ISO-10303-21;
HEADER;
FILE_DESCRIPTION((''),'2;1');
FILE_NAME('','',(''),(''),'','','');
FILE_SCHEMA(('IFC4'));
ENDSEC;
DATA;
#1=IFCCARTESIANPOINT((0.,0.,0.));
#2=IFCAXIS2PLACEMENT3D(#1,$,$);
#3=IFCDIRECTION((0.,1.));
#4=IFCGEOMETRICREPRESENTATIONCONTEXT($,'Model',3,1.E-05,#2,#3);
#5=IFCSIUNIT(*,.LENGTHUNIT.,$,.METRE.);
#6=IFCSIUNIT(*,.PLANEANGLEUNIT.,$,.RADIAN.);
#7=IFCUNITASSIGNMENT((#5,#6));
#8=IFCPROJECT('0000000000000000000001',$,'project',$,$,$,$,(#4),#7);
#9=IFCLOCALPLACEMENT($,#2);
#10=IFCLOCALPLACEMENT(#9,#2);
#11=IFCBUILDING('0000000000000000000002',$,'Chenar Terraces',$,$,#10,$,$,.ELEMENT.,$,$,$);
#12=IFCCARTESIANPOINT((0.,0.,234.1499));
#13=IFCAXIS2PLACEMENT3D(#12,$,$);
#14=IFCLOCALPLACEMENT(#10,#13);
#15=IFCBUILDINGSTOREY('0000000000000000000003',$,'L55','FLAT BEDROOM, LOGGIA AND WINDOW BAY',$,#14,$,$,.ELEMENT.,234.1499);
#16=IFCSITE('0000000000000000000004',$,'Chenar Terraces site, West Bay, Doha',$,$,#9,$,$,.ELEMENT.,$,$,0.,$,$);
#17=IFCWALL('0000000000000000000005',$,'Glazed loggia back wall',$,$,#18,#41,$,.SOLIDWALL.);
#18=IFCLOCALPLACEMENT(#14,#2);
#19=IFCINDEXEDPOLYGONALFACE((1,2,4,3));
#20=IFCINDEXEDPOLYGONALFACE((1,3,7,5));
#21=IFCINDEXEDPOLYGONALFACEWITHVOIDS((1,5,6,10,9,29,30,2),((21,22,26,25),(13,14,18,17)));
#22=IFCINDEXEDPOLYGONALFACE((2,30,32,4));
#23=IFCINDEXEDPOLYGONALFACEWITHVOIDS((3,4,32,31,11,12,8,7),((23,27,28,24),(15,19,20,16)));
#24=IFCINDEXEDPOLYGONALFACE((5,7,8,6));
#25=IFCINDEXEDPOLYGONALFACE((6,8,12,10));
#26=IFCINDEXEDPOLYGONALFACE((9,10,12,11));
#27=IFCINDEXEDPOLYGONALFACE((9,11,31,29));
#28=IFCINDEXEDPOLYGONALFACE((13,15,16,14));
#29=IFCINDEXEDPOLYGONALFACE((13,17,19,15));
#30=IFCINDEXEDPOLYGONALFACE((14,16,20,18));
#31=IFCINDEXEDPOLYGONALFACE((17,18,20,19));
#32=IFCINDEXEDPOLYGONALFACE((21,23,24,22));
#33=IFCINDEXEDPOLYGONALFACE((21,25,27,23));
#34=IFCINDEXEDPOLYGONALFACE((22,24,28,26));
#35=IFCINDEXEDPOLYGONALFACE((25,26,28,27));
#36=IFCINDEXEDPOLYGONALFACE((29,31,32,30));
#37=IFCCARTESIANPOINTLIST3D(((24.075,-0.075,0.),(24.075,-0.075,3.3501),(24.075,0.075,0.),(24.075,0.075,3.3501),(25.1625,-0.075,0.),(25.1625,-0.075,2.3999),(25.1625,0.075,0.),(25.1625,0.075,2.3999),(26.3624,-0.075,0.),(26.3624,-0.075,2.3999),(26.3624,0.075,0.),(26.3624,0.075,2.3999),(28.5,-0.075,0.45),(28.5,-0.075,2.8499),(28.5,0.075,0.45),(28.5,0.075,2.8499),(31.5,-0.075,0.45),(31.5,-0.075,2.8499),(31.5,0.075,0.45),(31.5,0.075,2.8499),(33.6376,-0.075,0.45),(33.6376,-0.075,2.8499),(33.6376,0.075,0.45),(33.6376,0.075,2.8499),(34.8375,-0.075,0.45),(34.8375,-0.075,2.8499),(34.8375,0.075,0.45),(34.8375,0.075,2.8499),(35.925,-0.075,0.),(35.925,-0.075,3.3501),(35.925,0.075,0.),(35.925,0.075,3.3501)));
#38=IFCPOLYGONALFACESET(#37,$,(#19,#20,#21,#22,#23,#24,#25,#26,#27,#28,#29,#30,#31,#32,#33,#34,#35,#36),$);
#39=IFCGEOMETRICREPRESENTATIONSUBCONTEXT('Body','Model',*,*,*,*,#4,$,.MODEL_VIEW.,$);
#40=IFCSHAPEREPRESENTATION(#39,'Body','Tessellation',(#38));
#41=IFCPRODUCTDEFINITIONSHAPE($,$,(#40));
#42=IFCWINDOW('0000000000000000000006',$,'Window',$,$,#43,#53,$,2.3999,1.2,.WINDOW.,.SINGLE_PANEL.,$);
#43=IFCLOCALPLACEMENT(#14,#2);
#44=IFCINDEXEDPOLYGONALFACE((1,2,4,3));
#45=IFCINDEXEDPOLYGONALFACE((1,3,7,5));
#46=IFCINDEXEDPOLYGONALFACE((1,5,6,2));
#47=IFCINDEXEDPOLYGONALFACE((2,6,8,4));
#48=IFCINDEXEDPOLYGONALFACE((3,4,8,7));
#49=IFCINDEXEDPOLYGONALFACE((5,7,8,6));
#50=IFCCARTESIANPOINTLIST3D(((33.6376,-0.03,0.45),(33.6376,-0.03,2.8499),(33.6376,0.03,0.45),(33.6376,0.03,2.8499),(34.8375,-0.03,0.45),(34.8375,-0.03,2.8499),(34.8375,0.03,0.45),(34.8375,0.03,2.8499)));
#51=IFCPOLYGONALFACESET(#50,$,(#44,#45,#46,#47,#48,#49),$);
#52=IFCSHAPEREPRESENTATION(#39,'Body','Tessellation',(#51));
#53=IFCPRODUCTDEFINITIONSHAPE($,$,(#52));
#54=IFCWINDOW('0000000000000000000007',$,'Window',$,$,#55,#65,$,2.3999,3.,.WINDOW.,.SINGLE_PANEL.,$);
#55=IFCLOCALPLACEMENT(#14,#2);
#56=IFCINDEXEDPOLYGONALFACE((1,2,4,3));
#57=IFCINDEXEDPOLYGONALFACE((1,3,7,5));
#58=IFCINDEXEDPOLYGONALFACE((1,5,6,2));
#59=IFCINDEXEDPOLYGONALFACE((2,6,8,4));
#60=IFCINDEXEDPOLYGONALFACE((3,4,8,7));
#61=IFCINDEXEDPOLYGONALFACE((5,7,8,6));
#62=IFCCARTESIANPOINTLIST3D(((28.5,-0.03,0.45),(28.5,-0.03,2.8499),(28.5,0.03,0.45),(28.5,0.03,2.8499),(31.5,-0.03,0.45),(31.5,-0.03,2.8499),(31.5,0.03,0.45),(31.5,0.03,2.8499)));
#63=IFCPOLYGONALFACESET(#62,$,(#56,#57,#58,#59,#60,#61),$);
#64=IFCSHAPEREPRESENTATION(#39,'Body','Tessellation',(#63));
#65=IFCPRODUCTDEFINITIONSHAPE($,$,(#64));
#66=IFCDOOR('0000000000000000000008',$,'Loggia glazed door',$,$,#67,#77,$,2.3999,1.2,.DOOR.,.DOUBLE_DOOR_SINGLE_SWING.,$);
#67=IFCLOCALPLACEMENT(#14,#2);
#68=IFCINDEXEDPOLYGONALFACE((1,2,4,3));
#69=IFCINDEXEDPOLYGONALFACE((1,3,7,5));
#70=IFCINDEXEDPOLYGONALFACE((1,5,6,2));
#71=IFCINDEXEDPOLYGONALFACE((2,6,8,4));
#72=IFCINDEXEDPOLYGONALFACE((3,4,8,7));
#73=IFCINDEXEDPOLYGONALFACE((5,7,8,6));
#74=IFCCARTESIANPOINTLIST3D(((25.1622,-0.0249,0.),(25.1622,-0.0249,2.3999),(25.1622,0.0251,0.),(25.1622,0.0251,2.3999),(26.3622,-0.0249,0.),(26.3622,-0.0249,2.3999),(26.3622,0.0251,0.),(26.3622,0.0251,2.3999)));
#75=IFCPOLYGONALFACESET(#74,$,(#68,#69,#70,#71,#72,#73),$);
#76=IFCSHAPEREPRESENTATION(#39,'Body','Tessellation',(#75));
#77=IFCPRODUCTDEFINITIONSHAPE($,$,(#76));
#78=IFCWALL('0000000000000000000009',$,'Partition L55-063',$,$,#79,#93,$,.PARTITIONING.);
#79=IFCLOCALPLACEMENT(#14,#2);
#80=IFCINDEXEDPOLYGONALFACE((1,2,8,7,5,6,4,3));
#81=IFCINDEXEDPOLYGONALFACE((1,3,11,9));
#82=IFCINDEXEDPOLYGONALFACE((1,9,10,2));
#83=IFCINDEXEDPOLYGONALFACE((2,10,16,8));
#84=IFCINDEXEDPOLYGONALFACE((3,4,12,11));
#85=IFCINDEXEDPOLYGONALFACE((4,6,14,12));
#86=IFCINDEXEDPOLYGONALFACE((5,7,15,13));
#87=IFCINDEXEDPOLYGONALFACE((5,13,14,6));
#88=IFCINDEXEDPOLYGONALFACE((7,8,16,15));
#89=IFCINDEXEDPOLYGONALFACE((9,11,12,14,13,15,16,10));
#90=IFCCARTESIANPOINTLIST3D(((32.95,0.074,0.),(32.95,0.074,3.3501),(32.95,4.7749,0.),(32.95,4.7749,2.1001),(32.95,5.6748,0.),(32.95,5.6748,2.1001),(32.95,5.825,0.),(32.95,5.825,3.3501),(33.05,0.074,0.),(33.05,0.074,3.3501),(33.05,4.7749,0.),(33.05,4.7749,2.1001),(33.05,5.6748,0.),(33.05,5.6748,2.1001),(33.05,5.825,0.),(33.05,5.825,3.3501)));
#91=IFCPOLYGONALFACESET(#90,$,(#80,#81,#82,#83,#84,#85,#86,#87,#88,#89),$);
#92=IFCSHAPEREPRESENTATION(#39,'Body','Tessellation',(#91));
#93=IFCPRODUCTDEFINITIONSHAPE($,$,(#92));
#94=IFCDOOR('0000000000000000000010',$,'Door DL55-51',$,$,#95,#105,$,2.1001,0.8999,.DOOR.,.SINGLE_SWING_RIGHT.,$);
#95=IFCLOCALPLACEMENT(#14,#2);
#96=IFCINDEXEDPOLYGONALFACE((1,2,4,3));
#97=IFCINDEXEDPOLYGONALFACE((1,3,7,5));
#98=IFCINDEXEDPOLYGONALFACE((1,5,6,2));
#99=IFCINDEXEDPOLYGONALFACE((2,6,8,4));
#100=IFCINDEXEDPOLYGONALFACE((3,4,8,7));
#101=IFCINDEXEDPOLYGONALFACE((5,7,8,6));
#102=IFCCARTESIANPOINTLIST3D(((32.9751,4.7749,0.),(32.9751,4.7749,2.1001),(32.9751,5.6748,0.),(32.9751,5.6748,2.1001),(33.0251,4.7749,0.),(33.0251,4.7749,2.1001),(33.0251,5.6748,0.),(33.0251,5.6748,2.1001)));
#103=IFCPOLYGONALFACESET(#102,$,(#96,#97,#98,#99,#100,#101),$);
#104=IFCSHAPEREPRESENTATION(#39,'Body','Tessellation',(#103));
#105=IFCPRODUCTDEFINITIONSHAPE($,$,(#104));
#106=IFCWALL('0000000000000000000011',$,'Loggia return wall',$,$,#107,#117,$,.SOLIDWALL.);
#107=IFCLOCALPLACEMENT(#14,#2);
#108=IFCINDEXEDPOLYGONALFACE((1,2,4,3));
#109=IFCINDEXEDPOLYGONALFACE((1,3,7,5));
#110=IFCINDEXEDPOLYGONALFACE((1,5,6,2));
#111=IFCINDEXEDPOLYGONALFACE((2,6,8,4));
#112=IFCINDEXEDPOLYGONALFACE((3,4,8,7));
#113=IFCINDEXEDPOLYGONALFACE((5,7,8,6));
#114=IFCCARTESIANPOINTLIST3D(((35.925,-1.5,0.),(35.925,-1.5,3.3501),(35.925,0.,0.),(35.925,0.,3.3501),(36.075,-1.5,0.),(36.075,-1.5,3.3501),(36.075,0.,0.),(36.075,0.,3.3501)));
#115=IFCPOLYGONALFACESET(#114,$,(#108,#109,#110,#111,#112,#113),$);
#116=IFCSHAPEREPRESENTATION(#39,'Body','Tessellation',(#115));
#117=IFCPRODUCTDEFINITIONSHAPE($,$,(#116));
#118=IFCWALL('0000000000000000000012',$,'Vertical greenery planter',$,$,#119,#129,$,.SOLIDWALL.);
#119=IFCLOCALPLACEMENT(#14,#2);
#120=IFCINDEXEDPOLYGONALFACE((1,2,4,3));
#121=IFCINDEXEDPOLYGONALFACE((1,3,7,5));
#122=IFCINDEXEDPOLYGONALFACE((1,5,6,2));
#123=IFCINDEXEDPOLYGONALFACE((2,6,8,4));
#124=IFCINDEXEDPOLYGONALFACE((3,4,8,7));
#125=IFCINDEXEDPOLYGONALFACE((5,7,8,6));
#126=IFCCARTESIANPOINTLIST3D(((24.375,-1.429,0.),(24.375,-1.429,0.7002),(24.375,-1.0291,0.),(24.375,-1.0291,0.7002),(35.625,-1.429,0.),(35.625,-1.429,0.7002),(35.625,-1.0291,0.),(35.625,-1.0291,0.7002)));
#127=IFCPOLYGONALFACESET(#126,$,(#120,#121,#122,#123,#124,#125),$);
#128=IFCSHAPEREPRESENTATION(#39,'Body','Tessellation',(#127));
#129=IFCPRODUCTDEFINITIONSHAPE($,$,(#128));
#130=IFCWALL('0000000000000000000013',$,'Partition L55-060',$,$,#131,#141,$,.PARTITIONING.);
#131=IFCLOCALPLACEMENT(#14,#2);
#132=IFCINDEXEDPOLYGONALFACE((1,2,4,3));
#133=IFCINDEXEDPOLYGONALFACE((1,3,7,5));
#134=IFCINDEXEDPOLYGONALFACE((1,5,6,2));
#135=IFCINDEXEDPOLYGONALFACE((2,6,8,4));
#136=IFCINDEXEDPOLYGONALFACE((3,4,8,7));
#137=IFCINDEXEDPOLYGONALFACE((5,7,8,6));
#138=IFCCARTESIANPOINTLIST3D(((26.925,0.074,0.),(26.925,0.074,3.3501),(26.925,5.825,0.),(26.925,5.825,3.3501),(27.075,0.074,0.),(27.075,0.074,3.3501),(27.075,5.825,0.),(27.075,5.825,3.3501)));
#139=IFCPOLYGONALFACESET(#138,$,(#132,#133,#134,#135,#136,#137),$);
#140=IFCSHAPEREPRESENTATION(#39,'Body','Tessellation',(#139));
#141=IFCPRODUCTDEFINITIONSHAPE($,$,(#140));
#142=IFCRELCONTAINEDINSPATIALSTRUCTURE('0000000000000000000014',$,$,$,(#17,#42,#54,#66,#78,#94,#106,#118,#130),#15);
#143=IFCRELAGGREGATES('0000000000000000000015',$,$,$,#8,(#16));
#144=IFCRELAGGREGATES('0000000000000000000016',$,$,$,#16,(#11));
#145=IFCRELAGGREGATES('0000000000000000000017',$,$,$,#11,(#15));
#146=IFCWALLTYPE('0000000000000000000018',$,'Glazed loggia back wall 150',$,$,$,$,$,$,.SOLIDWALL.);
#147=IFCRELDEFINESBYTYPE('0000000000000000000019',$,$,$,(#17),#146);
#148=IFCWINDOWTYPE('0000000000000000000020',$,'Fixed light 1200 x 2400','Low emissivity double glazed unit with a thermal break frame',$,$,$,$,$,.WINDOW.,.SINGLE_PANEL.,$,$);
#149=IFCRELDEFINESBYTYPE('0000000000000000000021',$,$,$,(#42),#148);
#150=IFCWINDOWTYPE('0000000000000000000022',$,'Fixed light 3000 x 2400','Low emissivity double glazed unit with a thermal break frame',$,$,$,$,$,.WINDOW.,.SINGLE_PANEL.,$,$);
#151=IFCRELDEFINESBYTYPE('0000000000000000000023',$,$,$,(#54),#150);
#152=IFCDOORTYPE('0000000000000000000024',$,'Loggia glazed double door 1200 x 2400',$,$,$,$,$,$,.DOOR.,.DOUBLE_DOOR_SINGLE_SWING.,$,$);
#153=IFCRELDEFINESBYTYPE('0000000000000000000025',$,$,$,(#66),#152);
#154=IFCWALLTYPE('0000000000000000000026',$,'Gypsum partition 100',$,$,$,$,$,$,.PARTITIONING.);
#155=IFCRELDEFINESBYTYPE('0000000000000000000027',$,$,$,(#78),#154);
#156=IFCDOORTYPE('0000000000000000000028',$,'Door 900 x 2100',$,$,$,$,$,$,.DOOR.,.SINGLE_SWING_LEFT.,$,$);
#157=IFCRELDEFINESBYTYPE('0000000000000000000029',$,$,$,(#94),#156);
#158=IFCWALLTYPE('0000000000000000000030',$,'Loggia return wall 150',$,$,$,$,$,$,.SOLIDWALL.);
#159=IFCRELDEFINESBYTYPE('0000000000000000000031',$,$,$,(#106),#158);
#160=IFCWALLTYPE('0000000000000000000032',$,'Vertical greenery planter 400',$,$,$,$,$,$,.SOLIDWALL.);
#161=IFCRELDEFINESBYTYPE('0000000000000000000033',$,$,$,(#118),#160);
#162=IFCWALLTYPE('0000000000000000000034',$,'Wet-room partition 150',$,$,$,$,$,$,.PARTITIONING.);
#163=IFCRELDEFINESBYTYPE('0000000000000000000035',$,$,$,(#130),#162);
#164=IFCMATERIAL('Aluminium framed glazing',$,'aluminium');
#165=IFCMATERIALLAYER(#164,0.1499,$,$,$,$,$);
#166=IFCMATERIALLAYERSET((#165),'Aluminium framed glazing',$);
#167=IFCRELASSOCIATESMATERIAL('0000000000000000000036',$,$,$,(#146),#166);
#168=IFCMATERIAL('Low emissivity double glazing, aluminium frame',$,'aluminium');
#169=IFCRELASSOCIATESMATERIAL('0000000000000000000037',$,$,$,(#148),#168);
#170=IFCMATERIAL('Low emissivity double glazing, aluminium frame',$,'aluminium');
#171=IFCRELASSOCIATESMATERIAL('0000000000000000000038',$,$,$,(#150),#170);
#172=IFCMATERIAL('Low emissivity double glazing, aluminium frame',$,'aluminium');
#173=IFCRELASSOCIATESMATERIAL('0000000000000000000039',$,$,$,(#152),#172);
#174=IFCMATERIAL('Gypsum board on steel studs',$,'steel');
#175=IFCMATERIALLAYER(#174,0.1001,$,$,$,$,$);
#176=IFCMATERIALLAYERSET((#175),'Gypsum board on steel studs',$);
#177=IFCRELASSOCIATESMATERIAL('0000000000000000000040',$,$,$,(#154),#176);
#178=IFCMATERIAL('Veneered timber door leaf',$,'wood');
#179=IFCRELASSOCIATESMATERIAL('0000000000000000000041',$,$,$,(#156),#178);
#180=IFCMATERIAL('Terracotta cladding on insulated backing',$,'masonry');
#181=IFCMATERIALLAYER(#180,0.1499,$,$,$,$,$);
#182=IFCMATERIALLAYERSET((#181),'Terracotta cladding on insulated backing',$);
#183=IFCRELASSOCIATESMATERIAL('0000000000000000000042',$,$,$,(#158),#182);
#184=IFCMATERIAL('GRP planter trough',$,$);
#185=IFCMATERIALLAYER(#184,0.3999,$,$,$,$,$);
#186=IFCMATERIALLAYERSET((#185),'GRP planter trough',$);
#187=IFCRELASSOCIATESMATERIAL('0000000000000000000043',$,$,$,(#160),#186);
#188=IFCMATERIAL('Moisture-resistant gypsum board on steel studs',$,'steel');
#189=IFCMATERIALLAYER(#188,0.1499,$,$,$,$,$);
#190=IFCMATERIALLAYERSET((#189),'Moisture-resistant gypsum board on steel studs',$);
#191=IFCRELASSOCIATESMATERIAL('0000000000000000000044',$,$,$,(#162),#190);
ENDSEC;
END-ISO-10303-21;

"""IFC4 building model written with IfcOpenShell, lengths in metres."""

from ifc_helpers import new_model, si_unit, direction, frame, frame_2d, origin, place, context, subcontext, project, spatial, rectangle, extrude, material, layer, layer_set, type_object, element, fill, save


model = new_model("IFC4")

# Units and contexts
model_context = context("Model", 3, precision=1e-05, world=origin(), true_north=direction((0.0, 1.0)))
body_context = subcontext(model_context, "Body", "Model", "MODEL_VIEW")
ifc_project = project(units=[si_unit("LENGTHUNIT", "METRE"), si_unit("PLANEANGLEUNIT", "RADIAN")], contexts=[model_context])

# Site, building, storey
site_placement = place(None, origin())
site = spatial("IfcSite", under=ifc_project, at=site_placement, Name="Chenar Terraces site, West Bay, Doha", CompositionType="ELEMENT", RefElevation=0.0)
building_placement = place(site_placement, origin())
building = spatial("IfcBuilding", under=site, at=building_placement, Name="Chenar Terraces", CompositionType="ELEMENT")
storey_placement = place(building_placement, frame((0.0, 0.0, 234.1499)))
storey = spatial("IfcBuildingStorey", under=building, at=storey_placement, Name="L55", Description="FLAT BEDROOM, LOGGIA AND WINDOW BAY", CompositionType="ELEMENT", Elevation=234.1499)

# Wall, openings, windows, door
ifc_material_1 = material(Name="Aluminium framed glazing", Category="aluminium")
ifc_layer_1 = layer(ifc_material_1, 0.1499)
ifc_layer_set_1 = layer_set([ifc_layer_1], Name="Aluminium framed glazing")
wall_type_1 = type_object("IfcWallType", Name="Glazed loggia back wall 150", PredefinedType="SOLIDWALL", material=ifc_layer_set_1)
wall_1_placement = place(storey_placement, frame((24.075, 0.0, 0.0), z_axis=(0.0, 0.0, 1.0), x_axis=(1.0, 0.0, 0.0)))
wall_1 = element("IfcWall", 1, at=wall_1_placement, inside=storey, type_object=wall_type_1, Name="Glazed loggia back wall", PredefinedType="SOLIDWALL", context=body_context, shape_type="SweptSolid", body=[
    extrude(rectangle(XDim=11.8501, YDim=0.1499, at=frame_2d((5.925, 0.0))), origin(), (0.0, 0.0, 1.0), 3.3501),
])
opening_1_placement = place(wall_1_placement, frame((1.0874, 0.0, 0.0)))
opening_1 = element("IfcOpeningElement", 2, at=opening_1_placement, cuts=wall_1, PredefinedType="OPENING", context=body_context, shape_type="SweptSolid", body=[
    extrude(rectangle(XDim=1.2, YDim=2.3999, at=frame_2d((0.6001, 1.2))), frame((0.0, 0.085, 0.0), z_axis=(0.0, -1.0, 0.0), x_axis=(1.0, 0.0, 0.0)), (0.0, 0.0, 1.0), 0.1699),
])
opening_2_placement = place(wall_1_placement, frame((4.425, 0.0, 0.45)))
opening_2 = element("IfcOpeningElement", 3, at=opening_2_placement, cuts=wall_1, PredefinedType="OPENING", context=body_context, shape_type="SweptSolid", body=[
    extrude(rectangle(XDim=3.0, YDim=2.3999, at=frame_2d((1.5, 1.2))), frame((0.0, 0.085, 0.0), z_axis=(0.0, -1.0, 0.0), x_axis=(1.0, 0.0, 0.0)), (0.0, 0.0, 1.0), 0.1699),
])
opening_3_placement = place(wall_1_placement, frame((9.5625, 0.0, 0.45)))
opening_3 = element("IfcOpeningElement", 4, at=opening_3_placement, cuts=wall_1, PredefinedType="OPENING", context=body_context, shape_type="SweptSolid", body=[
    extrude(rectangle(XDim=1.2, YDim=2.3999, at=frame_2d((0.6001, 1.2))), frame((0.0, 0.085, 0.0), z_axis=(0.0, -1.0, 0.0), x_axis=(1.0, 0.0, 0.0)), (0.0, 0.0, 1.0), 0.1699),
])
ifc_material_2 = material(Name="Low emissivity double glazing, aluminium frame", Category="aluminium")
window_type_1 = type_object("IfcWindowType", Name="Fixed light 1200 x 2400", Description="Low emissivity double glazed unit with a thermal break frame", PartitioningType="SINGLE_PANEL", PredefinedType="WINDOW", material=ifc_material_2)
window_1_placement = place(opening_3_placement, origin())
window_1 = element("IfcWindow", 5, at=window_1_placement, inside=storey, type_object=window_type_1, Name="Window", OverallHeight=2.3999, OverallWidth=1.2, PartitioningType="SINGLE_PANEL", PredefinedType="WINDOW", context=body_context, shape_type="SweptSolid", body=[
    extrude(rectangle(XDim=1.2, YDim=2.3999, at=frame_2d((0.6001, 1.2))), frame((0.0, 0.03, 0.0), z_axis=(0.0, -1.0, 0.0), x_axis=(1.0, 0.0, 0.0)), (0.0, 0.0, 1.0), 0.0601),
])
fill(opening_3, window_1)
ifc_material_3 = material(Name="Low emissivity double glazing, aluminium frame", Category="aluminium")
window_type_2 = type_object("IfcWindowType", Name="Fixed light 3000 x 2400", Description="Low emissivity double glazed unit with a thermal break frame", PartitioningType="SINGLE_PANEL", PredefinedType="WINDOW", material=ifc_material_3)
window_2_placement = place(opening_2_placement, origin())
window_2 = element("IfcWindow", 6, at=window_2_placement, inside=storey, type_object=window_type_2, Name="Window", OverallHeight=2.3999, OverallWidth=3.0, PartitioningType="SINGLE_PANEL", PredefinedType="WINDOW", context=body_context, shape_type="SweptSolid", body=[
    extrude(rectangle(XDim=3.0, YDim=2.3999, at=frame_2d((1.5, 1.2))), frame((0.0, 0.03, 0.0), z_axis=(0.0, -1.0, 0.0), x_axis=(1.0, 0.0, 0.0)), (0.0, 0.0, 1.0), 0.0601),
])
fill(opening_2, window_2)
ifc_material_4 = material(Name="Low emissivity double glazing, aluminium frame", Category="aluminium")
door_type_1 = type_object("IfcDoorType", Name="Loggia glazed double door 1200 x 2400", OperationType="DOUBLE_DOOR_SINGLE_SWING", PredefinedType="DOOR", material=ifc_material_4)
door_1_placement = place(opening_1_placement, frame((1.2, 0.0, 0.0), z_axis=(0.0, 0.0, 1.0), x_axis=(-1.0, 0.0, 0.0)))
door_1 = element("IfcDoor", 7, at=door_1_placement, inside=storey, type_object=door_type_1, Name="Loggia glazed door", OperationType="DOUBLE_DOOR_SINGLE_SWING", OverallHeight=2.3999, OverallWidth=1.2, PredefinedType="DOOR", context=body_context, shape_type="SweptSolid", body=[
    extrude(rectangle(XDim=1.2, YDim=2.3999, at=frame_2d((0.6001, 1.2))), frame((0.0, 0.0249, 0.0), z_axis=(0.0, -1.0, 0.0), x_axis=(1.0, 0.0, 0.0)), (0.0, 0.0, 1.0), 0.05),
])
fill(opening_1, door_1)

# Wall, opening, door
ifc_material_5 = material(Name="Gypsum board on steel studs", Category="steel")
ifc_layer_2 = layer(ifc_material_5, 0.1001)
ifc_layer_set_2 = layer_set([ifc_layer_2], Name="Gypsum board on steel studs")
wall_type_2 = type_object("IfcWallType", Name="Gypsum partition 100", PredefinedType="PARTITIONING", material=ifc_layer_set_2)
wall_2_placement = place(storey_placement, frame((33.0, 0.074, 0.0), z_axis=(0.0, 0.0, 1.0), x_axis=(0.0, 1.0, 0.0)))
wall_2 = element("IfcWall", 8, at=wall_2_placement, inside=storey, type_object=wall_type_2, Name="Partition L55-063", PredefinedType="PARTITIONING", context=body_context, shape_type="SweptSolid", body=[
    extrude(rectangle(XDim=5.751, YDim=0.1001, at=frame_2d((2.8755, 0.0))), origin(), (0.0, 0.0, 1.0), 3.3501),
])
opening_4_placement = place(wall_2_placement, frame((4.7009, 0.0, 0.0)))
opening_4 = element("IfcOpeningElement", 9, at=opening_4_placement, cuts=wall_2, PredefinedType="OPENING", context=body_context, shape_type="SweptSolid", body=[
    extrude(rectangle(XDim=0.8999, YDim=2.1001, at=frame_2d((0.45, 1.05))), frame((0.0, 0.0601, 0.0), z_axis=(0.0, -1.0, 0.0), x_axis=(1.0, 0.0, 0.0)), (0.0, 0.0, 1.0), 0.1201),
])
ifc_material_6 = material(Name="Veneered timber door leaf", Category="wood")
door_type_2 = type_object("IfcDoorType", Name="Door 900 x 2100", OperationType="SINGLE_SWING_LEFT", PredefinedType="DOOR", material=ifc_material_6)
door_2_placement = place(opening_4_placement, origin())
door_2 = element("IfcDoor", 10, at=door_2_placement, inside=storey, type_object=door_type_2, Name="Door DL55-51", OperationType="SINGLE_SWING_RIGHT", OverallHeight=2.1001, OverallWidth=0.8999, PredefinedType="DOOR", context=body_context, shape_type="SweptSolid", body=[
    extrude(rectangle(XDim=0.8999, YDim=2.1001, at=frame_2d((0.45, 1.05))), frame((0.0, 0.0249, 0.0), z_axis=(0.0, -1.0, 0.0), x_axis=(1.0, 0.0, 0.0)), (0.0, 0.0, 1.0), 0.05),
])
fill(opening_4, door_2)

# Walls
ifc_material_7 = material(Name="Terracotta cladding on insulated backing", Category="masonry")
ifc_layer_3 = layer(ifc_material_7, 0.1499)
ifc_layer_set_3 = layer_set([ifc_layer_3], Name="Terracotta cladding on insulated backing")
wall_type_3 = type_object("IfcWallType", Name="Loggia return wall 150", PredefinedType="SOLIDWALL", material=ifc_layer_set_3)
wall_3_placement = place(storey_placement, frame((36.0, -1.5, 0.0), z_axis=(0.0, 0.0, 1.0), x_axis=(0.0, 1.0, 0.0)))
element("IfcWall", 11, at=wall_3_placement, inside=storey, type_object=wall_type_3, Name="Loggia return wall", PredefinedType="SOLIDWALL", context=body_context, shape_type="SweptSolid", body=[
    extrude(rectangle(XDim=1.5, YDim=0.1499, at=frame_2d((0.75, 0.0))), origin(), (0.0, 0.0, 1.0), 3.3501),
])
ifc_material_8 = material(Name="GRP planter trough")
ifc_layer_4 = layer(ifc_material_8, 0.3999)
ifc_layer_set_4 = layer_set([ifc_layer_4], Name="GRP planter trough")
wall_type_4 = type_object("IfcWallType", Name="Vertical greenery planter 400", PredefinedType="SOLIDWALL", material=ifc_layer_set_4)
wall_4_placement = place(storey_placement, frame((24.375, -1.229, 0.0), z_axis=(0.0, 0.0, 1.0), x_axis=(1.0, 0.0, 0.0)))
element("IfcWall", 12, at=wall_4_placement, inside=storey, type_object=wall_type_4, Name="Vertical greenery planter", PredefinedType="SOLIDWALL", context=body_context, shape_type="SweptSolid", body=[
    extrude(rectangle(XDim=11.25, YDim=0.3999, at=frame_2d((5.625, 0.0))), origin(), (0.0, 0.0, 1.0), 0.7002),
])
ifc_material_9 = material(Name="Moisture-resistant gypsum board on steel studs", Category="steel")
ifc_layer_5 = layer(ifc_material_9, 0.1499)
ifc_layer_set_5 = layer_set([ifc_layer_5], Name="Moisture-resistant gypsum board on steel studs")
wall_type_5 = type_object("IfcWallType", Name="Wet-room partition 150", PredefinedType="PARTITIONING", material=ifc_layer_set_5)
wall_5_placement = place(storey_placement, frame((27.0, 0.074, 0.0), z_axis=(0.0, 0.0, 1.0), x_axis=(0.0, 1.0, 0.0)))
element("IfcWall", 13, at=wall_5_placement, inside=storey, type_object=wall_type_5, Name="Partition L55-060", PredefinedType="PARTITIONING", context=body_context, shape_type="SweptSolid", body=[
    extrude(rectangle(XDim=5.751, YDim=0.1499, at=frame_2d((2.8755, 0.0))), origin(), (0.0, 0.0, 1.0), 3.3501),
])

save(model, "model.ifc")
